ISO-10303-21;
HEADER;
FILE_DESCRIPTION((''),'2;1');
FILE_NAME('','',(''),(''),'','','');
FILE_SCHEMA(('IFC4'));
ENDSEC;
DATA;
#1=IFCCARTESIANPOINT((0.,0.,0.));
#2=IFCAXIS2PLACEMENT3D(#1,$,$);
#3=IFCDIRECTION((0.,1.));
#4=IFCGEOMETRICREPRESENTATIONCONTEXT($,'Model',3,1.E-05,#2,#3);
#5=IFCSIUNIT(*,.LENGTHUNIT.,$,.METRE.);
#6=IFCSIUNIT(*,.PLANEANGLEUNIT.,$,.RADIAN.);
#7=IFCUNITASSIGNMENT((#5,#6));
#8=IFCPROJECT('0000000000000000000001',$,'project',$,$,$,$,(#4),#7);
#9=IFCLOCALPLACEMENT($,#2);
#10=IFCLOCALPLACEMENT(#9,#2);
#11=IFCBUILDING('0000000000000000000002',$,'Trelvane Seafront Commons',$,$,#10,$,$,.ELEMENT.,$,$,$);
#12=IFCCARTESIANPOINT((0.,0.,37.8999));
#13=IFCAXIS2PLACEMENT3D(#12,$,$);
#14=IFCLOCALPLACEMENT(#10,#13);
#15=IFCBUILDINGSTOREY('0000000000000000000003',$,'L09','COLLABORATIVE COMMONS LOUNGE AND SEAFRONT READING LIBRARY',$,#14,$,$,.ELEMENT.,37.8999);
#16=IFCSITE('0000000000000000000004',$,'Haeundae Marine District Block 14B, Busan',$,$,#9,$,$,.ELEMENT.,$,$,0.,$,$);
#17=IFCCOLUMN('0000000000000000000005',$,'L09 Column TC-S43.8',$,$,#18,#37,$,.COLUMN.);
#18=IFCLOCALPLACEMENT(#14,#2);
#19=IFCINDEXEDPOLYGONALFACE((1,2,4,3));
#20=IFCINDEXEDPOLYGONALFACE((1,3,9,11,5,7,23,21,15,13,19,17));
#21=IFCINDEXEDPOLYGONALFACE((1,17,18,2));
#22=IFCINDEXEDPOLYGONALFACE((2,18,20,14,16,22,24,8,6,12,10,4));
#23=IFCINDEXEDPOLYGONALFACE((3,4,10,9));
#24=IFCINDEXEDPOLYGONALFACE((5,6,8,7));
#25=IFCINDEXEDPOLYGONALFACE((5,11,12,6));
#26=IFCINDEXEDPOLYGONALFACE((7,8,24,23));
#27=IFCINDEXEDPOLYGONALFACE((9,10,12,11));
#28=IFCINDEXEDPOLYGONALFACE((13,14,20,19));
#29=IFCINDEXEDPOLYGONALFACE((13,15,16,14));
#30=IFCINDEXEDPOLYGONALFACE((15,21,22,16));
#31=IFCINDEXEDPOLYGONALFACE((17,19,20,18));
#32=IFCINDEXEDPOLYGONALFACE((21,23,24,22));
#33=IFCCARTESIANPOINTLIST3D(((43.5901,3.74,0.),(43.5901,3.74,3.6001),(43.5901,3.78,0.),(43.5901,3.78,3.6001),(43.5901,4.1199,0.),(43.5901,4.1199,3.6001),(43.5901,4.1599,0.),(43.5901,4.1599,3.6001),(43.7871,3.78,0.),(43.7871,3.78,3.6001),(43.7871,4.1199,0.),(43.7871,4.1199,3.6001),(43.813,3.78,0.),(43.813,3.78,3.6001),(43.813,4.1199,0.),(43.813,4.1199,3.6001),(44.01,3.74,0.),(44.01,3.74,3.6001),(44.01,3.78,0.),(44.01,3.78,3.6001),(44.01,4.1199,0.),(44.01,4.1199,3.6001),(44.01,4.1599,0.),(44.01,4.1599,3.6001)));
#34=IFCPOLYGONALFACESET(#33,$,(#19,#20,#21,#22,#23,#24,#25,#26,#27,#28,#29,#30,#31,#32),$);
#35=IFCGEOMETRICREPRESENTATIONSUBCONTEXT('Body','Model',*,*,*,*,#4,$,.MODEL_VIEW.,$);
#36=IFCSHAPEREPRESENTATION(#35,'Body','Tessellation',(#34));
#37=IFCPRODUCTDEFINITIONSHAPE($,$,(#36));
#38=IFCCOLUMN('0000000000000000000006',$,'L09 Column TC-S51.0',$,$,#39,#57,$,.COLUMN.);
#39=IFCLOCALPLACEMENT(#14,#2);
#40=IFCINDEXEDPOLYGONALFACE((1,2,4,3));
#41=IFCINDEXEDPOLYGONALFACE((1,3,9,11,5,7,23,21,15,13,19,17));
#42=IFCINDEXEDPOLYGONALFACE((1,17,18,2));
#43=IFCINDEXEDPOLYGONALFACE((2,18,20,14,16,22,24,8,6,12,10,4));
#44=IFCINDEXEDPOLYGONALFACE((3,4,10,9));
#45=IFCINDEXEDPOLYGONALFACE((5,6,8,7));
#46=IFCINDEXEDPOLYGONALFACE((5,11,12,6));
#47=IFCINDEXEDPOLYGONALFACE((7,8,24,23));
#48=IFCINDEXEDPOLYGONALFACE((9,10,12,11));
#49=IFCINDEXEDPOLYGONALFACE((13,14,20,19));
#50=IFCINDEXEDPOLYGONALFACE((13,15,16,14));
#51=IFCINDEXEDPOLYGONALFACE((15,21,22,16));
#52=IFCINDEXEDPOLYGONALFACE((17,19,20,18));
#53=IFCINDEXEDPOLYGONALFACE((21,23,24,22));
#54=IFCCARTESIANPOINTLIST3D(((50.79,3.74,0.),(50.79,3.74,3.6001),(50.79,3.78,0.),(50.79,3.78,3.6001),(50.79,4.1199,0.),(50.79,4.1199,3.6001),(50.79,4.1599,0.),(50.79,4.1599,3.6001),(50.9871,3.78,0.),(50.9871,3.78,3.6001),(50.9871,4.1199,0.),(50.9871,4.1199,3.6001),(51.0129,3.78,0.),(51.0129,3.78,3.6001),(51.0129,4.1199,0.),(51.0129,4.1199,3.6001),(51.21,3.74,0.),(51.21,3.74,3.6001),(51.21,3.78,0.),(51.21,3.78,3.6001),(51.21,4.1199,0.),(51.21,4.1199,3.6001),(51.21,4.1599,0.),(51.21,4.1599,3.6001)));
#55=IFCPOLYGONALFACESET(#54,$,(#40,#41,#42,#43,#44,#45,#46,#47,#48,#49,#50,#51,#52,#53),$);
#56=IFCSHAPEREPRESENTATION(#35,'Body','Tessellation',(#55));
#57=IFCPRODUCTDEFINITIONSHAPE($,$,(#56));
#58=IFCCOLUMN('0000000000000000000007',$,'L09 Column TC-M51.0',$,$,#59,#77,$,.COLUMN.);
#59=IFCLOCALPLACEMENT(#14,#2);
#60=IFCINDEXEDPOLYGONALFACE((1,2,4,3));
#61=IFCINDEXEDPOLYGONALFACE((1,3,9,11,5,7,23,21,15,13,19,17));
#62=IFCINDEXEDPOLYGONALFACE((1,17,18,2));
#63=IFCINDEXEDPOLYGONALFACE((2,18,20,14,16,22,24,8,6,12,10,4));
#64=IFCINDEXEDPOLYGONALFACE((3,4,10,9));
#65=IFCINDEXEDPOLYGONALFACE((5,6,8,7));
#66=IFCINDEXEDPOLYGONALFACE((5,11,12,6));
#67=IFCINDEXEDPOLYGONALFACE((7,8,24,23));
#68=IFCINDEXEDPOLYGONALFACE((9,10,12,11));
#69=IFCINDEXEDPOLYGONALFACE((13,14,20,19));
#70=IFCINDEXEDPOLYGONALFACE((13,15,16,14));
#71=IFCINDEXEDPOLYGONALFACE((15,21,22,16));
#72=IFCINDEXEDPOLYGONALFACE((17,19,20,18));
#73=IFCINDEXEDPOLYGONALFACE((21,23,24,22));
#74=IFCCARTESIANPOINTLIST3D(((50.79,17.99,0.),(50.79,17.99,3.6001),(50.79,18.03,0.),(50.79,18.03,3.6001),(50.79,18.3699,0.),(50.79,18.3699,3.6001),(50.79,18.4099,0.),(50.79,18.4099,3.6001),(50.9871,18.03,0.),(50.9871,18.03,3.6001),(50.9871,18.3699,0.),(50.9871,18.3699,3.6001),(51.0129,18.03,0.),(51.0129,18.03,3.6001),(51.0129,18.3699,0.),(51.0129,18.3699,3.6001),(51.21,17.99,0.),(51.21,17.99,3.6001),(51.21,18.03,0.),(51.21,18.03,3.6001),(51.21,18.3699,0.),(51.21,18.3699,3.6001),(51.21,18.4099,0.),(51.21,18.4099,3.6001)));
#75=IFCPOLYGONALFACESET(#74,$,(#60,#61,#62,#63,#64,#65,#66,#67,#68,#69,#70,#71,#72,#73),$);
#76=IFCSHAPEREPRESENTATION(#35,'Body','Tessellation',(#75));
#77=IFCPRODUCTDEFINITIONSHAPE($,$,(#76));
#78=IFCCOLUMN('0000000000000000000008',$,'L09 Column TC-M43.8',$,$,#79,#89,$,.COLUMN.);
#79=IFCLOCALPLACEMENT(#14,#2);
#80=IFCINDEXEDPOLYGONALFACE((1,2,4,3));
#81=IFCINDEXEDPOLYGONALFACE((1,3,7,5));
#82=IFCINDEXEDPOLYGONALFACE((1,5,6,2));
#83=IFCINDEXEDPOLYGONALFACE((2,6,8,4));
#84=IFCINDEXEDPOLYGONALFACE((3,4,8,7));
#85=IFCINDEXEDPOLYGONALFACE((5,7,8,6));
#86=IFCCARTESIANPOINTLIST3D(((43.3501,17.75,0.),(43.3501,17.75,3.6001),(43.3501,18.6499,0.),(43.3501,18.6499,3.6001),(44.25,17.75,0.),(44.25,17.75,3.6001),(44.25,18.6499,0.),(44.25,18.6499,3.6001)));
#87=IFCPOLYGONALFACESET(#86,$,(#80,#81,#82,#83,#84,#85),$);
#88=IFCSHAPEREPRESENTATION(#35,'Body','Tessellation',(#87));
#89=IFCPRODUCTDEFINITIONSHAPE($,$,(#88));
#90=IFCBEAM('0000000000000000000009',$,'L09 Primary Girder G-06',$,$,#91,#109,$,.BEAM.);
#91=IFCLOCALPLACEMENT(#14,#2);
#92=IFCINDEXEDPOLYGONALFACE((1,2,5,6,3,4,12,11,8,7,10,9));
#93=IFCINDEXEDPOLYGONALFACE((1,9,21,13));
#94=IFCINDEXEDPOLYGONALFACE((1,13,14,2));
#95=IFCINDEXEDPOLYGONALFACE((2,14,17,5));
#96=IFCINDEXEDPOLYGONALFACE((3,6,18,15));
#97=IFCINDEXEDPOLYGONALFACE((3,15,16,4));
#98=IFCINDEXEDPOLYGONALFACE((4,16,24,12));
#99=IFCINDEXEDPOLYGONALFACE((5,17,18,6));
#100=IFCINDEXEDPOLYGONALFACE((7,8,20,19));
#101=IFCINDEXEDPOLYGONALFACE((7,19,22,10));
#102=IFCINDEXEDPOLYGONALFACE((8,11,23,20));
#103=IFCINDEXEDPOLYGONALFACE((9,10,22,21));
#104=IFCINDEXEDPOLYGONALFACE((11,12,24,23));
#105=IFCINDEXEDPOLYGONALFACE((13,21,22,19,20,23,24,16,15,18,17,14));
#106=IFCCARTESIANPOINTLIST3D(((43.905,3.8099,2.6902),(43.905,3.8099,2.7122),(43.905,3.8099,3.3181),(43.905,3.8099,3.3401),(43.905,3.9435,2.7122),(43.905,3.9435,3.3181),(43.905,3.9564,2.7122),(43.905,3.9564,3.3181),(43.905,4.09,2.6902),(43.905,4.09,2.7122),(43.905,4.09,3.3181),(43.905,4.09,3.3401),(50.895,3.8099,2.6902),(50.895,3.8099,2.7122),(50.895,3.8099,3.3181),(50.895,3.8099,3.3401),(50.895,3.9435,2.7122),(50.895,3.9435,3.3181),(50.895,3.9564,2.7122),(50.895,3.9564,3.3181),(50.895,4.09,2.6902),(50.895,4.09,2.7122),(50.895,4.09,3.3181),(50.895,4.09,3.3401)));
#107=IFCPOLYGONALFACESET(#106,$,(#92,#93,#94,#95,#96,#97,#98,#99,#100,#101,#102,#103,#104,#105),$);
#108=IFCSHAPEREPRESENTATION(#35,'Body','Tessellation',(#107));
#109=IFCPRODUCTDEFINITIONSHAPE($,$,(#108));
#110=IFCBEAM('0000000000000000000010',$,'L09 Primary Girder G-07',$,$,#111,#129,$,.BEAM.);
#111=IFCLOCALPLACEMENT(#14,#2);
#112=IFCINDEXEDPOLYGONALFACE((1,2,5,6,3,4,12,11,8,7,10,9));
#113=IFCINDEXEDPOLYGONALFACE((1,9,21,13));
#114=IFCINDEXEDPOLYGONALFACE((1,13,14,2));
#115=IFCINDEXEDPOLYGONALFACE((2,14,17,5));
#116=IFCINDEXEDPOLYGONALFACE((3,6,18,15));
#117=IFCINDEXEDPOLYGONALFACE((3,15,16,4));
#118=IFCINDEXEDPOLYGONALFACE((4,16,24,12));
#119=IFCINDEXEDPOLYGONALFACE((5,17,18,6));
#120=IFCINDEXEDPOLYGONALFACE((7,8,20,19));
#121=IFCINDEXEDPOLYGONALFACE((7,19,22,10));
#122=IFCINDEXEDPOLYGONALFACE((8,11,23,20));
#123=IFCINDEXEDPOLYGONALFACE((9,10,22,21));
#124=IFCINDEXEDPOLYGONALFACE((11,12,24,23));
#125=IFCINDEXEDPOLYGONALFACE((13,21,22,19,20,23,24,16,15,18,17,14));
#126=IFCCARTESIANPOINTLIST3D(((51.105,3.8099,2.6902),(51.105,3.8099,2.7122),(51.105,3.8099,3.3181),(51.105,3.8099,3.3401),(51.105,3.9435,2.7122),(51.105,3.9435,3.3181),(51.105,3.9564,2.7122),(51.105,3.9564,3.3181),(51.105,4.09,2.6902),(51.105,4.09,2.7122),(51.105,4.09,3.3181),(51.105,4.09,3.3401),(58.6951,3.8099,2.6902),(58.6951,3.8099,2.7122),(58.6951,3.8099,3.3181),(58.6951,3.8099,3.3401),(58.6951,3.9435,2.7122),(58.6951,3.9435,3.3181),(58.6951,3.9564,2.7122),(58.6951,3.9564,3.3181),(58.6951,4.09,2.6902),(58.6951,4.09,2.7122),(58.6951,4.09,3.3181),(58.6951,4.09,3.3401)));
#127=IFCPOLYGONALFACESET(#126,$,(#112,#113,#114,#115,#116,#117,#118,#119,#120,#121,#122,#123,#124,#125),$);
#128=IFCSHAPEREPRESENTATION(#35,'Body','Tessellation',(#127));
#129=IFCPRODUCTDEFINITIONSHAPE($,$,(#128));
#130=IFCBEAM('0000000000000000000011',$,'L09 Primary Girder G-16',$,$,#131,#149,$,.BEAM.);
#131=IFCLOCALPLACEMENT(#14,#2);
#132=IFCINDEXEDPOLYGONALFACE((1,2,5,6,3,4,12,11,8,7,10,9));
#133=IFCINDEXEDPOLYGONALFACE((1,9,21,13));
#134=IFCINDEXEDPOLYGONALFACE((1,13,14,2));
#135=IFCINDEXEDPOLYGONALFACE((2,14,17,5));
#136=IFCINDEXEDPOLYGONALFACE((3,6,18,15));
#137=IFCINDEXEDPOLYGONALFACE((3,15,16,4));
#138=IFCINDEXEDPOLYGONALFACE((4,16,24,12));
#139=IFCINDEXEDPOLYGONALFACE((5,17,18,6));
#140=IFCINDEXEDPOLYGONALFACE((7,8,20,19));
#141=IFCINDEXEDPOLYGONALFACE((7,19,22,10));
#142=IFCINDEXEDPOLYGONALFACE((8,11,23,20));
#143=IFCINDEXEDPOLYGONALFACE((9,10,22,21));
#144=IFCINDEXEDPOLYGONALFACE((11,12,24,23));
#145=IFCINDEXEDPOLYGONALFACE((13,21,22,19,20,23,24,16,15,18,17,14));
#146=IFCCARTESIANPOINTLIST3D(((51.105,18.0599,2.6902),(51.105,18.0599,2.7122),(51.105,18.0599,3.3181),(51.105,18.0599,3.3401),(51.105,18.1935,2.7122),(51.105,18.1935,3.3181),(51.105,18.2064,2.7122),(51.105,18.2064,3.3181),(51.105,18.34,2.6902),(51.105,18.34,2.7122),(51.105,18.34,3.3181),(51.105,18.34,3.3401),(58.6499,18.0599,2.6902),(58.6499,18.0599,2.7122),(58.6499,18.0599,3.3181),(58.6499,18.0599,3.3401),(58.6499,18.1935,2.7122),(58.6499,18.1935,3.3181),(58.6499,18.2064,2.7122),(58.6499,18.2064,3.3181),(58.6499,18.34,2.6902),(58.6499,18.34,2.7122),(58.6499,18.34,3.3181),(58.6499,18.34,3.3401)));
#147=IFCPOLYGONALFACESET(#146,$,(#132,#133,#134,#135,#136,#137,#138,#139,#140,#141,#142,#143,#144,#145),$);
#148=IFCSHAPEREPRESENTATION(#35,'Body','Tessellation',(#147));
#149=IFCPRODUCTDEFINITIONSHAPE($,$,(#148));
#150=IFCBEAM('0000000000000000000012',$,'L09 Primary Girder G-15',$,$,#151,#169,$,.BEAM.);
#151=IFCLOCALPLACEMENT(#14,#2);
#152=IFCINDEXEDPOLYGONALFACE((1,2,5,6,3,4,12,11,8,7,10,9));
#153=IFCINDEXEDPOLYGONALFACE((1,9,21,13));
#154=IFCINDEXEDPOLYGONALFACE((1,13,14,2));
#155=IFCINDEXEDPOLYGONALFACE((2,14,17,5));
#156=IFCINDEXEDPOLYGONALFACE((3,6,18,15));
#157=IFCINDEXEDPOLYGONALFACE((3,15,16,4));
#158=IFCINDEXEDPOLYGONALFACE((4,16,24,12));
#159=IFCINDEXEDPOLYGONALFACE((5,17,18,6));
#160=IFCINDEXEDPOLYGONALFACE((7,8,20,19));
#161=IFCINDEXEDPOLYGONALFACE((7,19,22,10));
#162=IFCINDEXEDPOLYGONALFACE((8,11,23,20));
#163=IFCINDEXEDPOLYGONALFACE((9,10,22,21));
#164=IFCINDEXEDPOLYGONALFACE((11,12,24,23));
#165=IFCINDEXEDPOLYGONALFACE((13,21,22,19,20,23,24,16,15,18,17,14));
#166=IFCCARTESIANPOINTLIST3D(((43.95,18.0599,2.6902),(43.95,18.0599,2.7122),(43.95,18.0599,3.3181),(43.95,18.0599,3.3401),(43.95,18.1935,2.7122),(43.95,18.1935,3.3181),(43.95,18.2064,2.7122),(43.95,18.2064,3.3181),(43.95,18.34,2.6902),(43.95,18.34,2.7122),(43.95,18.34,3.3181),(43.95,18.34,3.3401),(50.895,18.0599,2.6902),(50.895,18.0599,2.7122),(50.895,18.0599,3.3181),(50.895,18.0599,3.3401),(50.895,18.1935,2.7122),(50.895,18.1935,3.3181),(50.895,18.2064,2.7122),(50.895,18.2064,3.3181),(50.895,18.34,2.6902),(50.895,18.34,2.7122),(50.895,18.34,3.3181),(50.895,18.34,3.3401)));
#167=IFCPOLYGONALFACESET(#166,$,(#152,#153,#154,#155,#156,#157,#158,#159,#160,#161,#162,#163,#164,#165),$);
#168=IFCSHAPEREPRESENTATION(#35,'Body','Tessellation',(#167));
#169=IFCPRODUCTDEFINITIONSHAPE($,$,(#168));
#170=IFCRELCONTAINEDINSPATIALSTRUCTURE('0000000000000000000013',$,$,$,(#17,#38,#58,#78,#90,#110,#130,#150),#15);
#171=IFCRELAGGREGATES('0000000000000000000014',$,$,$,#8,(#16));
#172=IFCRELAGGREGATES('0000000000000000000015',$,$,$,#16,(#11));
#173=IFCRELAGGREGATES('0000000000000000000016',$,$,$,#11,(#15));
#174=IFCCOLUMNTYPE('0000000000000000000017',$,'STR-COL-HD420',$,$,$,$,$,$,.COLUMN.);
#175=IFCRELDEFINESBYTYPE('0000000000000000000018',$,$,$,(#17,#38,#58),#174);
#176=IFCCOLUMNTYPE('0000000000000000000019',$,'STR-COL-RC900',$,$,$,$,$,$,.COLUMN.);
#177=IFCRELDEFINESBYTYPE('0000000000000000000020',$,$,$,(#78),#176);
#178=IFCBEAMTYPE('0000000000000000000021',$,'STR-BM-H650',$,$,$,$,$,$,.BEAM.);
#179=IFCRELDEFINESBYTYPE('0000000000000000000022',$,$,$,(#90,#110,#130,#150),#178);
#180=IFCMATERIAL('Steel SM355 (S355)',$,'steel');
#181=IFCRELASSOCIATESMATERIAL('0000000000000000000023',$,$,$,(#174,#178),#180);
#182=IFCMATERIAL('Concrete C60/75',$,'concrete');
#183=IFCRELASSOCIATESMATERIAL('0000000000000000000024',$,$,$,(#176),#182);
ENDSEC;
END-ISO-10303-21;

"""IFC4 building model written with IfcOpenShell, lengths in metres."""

from ifc_helpers import new_model, si_unit, direction, frame, origin, origin_2d, place, context, subcontext, project, spatial, rectangle, i_section, extrude, source, transform, mapped, material, material_profile, profile_set, type_object, element, save


model = new_model("IFC4")

# Units and contexts
model_context = context("Model", 3, precision=1e-05, world=origin(), true_north=direction((0.0, 1.0)))
body_context = subcontext(model_context, "Body", "Model", "MODEL_VIEW")
ifc_project = project(units=[si_unit("LENGTHUNIT", "METRE"), si_unit("PLANEANGLEUNIT", "RADIAN")], contexts=[model_context])

# Site, building, storey
site_placement = place(None, origin())
site = spatial("IfcSite", under=ifc_project, at=site_placement, Name="Haeundae Marine District Block 14B, Busan", CompositionType="ELEMENT", RefElevation=0.0)
building_placement = place(site_placement, origin())
building = spatial("IfcBuilding", under=site, at=building_placement, Name="Trelvane Seafront Commons", CompositionType="ELEMENT")
storey_placement = place(building_placement, frame((0.0, 0.0, 37.8999)))
storey = spatial("IfcBuildingStorey", under=building, at=storey_placement, Name="L09", Description="COLLABORATIVE COMMONS LOUNGE AND SEAFRONT READING LIBRARY", CompositionType="ELEMENT", Elevation=37.8999)

# Columns
ifc_material_1 = material(Name="Steel SM355 (S355)", Category="steel")
ifc_material_profile_1 = material_profile(ifc_material_1, i_section(OverallWidth=0.4199, OverallDepth=0.4199, WebThickness=0.0259, FlangeThickness=0.04, at=origin_2d()), Name="HD-420x420x26x40")
ifc_profile_set_1 = profile_set([ifc_material_profile_1], Name="Steel SM355 (S355)")
column_type_1 = type_object("IfcColumnType", Name="STR-COL-HD420", PredefinedType="COLUMN", material=ifc_profile_set_1)
shared_shape_1 = source(origin(), body_context, "Body", "SweptSolid", [
    extrude(i_section(OverallWidth=0.4199, OverallDepth=0.4199, WebThickness=0.0259, FlangeThickness=0.04, at=origin_2d()), origin(), (0.0, 0.0, 1.0), 3.6001),
])
for number, where, z_axis, x_axis, name in (
    (1, (43.8, 3.95, 0.0), (0.0, 0.0, 1.0), (1.0, 0.0, 0.0), "L09 Column TC-S43.8"),
    (2, (51.0, 3.95, 0.0), (0.0, 0.0, 1.0), (1.0, 0.0, 0.0), "L09 Column TC-S51.0"),
    (3, (51.0, 18.2, 0.0), (0.0, 0.0, 1.0), (1.0, 0.0, 0.0), "L09 Column TC-M51.0"),
):
    element("IfcColumn", number, at=place(storey_placement, frame(where, z_axis=z_axis, x_axis=x_axis)), inside=storey, type_object=column_type_1, Name=name, PredefinedType="COLUMN", context=body_context, shape_type="MappedRepresentation", body=[
        mapped(shared_shape_1, transform((0.0, 0.0, 0.0), x_axis=(1.0, 0.0, 0.0), y_axis=(0.0, 1.0, 0.0), z_axis=(0.0, 0.0, 1.0), scale=1.0)),
    ])
ifc_material_2 = material(Name="Concrete C60/75", Category="concrete")
ifc_material_profile_2 = material_profile(ifc_material_2, rectangle(XDim=0.8999, YDim=0.8999, at=origin_2d()), Name="RC-900x900")
ifc_profile_set_2 = profile_set([ifc_material_profile_2], Name="Concrete C60/75")
column_type_2 = type_object("IfcColumnType", Name="STR-COL-RC900", PredefinedType="COLUMN", material=ifc_profile_set_2)
shared_shape_2 = source(origin(), body_context, "Body", "SweptSolid", [
    extrude(rectangle(XDim=0.8999, YDim=0.8999, at=origin_2d()), origin(), (0.0, 0.0, 1.0), 3.6001),
])
column_placement = place(storey_placement, frame((43.8, 18.2, 0.0), z_axis=(0.0, 0.0, 1.0), x_axis=(1.0, 0.0, 0.0)))
element("IfcColumn", 4, at=column_placement, inside=storey, type_object=column_type_2, Name="L09 Column TC-M43.8", PredefinedType="COLUMN", context=body_context, shape_type="MappedRepresentation", body=[
    mapped(shared_shape_2, transform((0.0, 0.0, 0.0), x_axis=(1.0, 0.0, 0.0), y_axis=(0.0, 1.0, 0.0), z_axis=(0.0, 0.0, 1.0), scale=1.0)),
])

# Beams
ifc_material_profile_3 = material_profile(ifc_material_1, i_section(OverallWidth=0.28, OverallDepth=0.6499, WebThickness=0.0129, FlangeThickness=0.022, at=origin_2d()), Name="H-650x280x13x22")
ifc_profile_set_3 = profile_set([ifc_material_profile_3], Name="Steel SM355 (S355)")
beam_type_1 = type_object("IfcBeamType", Name="STR-BM-H650", PredefinedType="BEAM", material=ifc_profile_set_3)
shared_shape_3 = source(origin(), body_context, "Body", "SweptSolid", [
    extrude(i_section(OverallWidth=0.28, OverallDepth=0.6499, WebThickness=0.0129, FlangeThickness=0.022, at=origin_2d()), origin(), (0.0, 0.0, 1.0), 6.99),
])
beam_1_placement = place(storey_placement, frame((43.905, 3.95, 3.0151), z_axis=(1.0, 0.0, 0.0), x_axis=(0.0, 1.0, 0.0)))
element("IfcBeam", 5, at=beam_1_placement, inside=storey, type_object=beam_type_1, Name="L09 Primary Girder G-06", PredefinedType="BEAM", context=body_context, shape_type="MappedRepresentation", body=[
    mapped(shared_shape_3, transform((0.0, 0.0, 0.0), x_axis=(1.0, 0.0, 0.0), y_axis=(0.0, 1.0, 0.0), z_axis=(0.0, 0.0, 1.0), scale=1.0)),
])
shared_shape_4 = source(origin(), body_context, "Body", "SweptSolid", [
    extrude(i_section(OverallWidth=0.28, OverallDepth=0.6499, WebThickness=0.0129, FlangeThickness=0.022, at=origin_2d()), origin(), (0.0, 0.0, 1.0), 7.5901),
])
beam_2_placement = place(storey_placement, frame((51.105, 3.95, 3.0151), z_axis=(1.0, 0.0, 0.0), x_axis=(0.0, 1.0, 0.0)))
element("IfcBeam", 6, at=beam_2_placement, inside=storey, type_object=beam_type_1, Name="L09 Primary Girder G-07", PredefinedType="BEAM", context=body_context, shape_type="MappedRepresentation", body=[
    mapped(shared_shape_4, transform((0.0, 0.0, 0.0), x_axis=(1.0, 0.0, 0.0), y_axis=(0.0, 1.0, 0.0), z_axis=(0.0, 0.0, 1.0), scale=1.0)),
])
shared_shape_5 = source(origin(), body_context, "Body", "SweptSolid", [
    extrude(i_section(OverallWidth=0.28, OverallDepth=0.6499, WebThickness=0.0129, FlangeThickness=0.022, at=origin_2d()), origin(), (0.0, 0.0, 1.0), 7.5449),
])
beam_3_placement = place(storey_placement, frame((51.105, 18.2, 3.0151), z_axis=(1.0, 0.0, 0.0), x_axis=(0.0, 1.0, 0.0)))
element("IfcBeam", 7, at=beam_3_placement, inside=storey, type_object=beam_type_1, Name="L09 Primary Girder G-16", PredefinedType="BEAM", context=body_context, shape_type="MappedRepresentation", body=[
    mapped(shared_shape_5, transform((0.0, 0.0, 0.0), x_axis=(1.0, 0.0, 0.0), y_axis=(0.0, 1.0, 0.0), z_axis=(0.0, 0.0, 1.0), scale=1.0)),
])
shared_shape_6 = source(origin(), body_context, "Body", "SweptSolid", [
    extrude(i_section(OverallWidth=0.28, OverallDepth=0.6499, WebThickness=0.0129, FlangeThickness=0.022, at=origin_2d()), origin(), (0.0, 0.0, 1.0), 6.9451),
])
beam_4_placement = place(storey_placement, frame((43.95, 18.2, 3.0151), z_axis=(1.0, 0.0, 0.0), x_axis=(0.0, 1.0, 0.0)))
element("IfcBeam", 8, at=beam_4_placement, inside=storey, type_object=beam_type_1, Name="L09 Primary Girder G-15", PredefinedType="BEAM", context=body_context, shape_type="MappedRepresentation", body=[
    mapped(shared_shape_6, transform((0.0, 0.0, 0.0), x_axis=(1.0, 0.0, 0.0), y_axis=(0.0, 1.0, 0.0), z_axis=(0.0, 0.0, 1.0), scale=1.0)),
])

save(model, "model.ifc")
